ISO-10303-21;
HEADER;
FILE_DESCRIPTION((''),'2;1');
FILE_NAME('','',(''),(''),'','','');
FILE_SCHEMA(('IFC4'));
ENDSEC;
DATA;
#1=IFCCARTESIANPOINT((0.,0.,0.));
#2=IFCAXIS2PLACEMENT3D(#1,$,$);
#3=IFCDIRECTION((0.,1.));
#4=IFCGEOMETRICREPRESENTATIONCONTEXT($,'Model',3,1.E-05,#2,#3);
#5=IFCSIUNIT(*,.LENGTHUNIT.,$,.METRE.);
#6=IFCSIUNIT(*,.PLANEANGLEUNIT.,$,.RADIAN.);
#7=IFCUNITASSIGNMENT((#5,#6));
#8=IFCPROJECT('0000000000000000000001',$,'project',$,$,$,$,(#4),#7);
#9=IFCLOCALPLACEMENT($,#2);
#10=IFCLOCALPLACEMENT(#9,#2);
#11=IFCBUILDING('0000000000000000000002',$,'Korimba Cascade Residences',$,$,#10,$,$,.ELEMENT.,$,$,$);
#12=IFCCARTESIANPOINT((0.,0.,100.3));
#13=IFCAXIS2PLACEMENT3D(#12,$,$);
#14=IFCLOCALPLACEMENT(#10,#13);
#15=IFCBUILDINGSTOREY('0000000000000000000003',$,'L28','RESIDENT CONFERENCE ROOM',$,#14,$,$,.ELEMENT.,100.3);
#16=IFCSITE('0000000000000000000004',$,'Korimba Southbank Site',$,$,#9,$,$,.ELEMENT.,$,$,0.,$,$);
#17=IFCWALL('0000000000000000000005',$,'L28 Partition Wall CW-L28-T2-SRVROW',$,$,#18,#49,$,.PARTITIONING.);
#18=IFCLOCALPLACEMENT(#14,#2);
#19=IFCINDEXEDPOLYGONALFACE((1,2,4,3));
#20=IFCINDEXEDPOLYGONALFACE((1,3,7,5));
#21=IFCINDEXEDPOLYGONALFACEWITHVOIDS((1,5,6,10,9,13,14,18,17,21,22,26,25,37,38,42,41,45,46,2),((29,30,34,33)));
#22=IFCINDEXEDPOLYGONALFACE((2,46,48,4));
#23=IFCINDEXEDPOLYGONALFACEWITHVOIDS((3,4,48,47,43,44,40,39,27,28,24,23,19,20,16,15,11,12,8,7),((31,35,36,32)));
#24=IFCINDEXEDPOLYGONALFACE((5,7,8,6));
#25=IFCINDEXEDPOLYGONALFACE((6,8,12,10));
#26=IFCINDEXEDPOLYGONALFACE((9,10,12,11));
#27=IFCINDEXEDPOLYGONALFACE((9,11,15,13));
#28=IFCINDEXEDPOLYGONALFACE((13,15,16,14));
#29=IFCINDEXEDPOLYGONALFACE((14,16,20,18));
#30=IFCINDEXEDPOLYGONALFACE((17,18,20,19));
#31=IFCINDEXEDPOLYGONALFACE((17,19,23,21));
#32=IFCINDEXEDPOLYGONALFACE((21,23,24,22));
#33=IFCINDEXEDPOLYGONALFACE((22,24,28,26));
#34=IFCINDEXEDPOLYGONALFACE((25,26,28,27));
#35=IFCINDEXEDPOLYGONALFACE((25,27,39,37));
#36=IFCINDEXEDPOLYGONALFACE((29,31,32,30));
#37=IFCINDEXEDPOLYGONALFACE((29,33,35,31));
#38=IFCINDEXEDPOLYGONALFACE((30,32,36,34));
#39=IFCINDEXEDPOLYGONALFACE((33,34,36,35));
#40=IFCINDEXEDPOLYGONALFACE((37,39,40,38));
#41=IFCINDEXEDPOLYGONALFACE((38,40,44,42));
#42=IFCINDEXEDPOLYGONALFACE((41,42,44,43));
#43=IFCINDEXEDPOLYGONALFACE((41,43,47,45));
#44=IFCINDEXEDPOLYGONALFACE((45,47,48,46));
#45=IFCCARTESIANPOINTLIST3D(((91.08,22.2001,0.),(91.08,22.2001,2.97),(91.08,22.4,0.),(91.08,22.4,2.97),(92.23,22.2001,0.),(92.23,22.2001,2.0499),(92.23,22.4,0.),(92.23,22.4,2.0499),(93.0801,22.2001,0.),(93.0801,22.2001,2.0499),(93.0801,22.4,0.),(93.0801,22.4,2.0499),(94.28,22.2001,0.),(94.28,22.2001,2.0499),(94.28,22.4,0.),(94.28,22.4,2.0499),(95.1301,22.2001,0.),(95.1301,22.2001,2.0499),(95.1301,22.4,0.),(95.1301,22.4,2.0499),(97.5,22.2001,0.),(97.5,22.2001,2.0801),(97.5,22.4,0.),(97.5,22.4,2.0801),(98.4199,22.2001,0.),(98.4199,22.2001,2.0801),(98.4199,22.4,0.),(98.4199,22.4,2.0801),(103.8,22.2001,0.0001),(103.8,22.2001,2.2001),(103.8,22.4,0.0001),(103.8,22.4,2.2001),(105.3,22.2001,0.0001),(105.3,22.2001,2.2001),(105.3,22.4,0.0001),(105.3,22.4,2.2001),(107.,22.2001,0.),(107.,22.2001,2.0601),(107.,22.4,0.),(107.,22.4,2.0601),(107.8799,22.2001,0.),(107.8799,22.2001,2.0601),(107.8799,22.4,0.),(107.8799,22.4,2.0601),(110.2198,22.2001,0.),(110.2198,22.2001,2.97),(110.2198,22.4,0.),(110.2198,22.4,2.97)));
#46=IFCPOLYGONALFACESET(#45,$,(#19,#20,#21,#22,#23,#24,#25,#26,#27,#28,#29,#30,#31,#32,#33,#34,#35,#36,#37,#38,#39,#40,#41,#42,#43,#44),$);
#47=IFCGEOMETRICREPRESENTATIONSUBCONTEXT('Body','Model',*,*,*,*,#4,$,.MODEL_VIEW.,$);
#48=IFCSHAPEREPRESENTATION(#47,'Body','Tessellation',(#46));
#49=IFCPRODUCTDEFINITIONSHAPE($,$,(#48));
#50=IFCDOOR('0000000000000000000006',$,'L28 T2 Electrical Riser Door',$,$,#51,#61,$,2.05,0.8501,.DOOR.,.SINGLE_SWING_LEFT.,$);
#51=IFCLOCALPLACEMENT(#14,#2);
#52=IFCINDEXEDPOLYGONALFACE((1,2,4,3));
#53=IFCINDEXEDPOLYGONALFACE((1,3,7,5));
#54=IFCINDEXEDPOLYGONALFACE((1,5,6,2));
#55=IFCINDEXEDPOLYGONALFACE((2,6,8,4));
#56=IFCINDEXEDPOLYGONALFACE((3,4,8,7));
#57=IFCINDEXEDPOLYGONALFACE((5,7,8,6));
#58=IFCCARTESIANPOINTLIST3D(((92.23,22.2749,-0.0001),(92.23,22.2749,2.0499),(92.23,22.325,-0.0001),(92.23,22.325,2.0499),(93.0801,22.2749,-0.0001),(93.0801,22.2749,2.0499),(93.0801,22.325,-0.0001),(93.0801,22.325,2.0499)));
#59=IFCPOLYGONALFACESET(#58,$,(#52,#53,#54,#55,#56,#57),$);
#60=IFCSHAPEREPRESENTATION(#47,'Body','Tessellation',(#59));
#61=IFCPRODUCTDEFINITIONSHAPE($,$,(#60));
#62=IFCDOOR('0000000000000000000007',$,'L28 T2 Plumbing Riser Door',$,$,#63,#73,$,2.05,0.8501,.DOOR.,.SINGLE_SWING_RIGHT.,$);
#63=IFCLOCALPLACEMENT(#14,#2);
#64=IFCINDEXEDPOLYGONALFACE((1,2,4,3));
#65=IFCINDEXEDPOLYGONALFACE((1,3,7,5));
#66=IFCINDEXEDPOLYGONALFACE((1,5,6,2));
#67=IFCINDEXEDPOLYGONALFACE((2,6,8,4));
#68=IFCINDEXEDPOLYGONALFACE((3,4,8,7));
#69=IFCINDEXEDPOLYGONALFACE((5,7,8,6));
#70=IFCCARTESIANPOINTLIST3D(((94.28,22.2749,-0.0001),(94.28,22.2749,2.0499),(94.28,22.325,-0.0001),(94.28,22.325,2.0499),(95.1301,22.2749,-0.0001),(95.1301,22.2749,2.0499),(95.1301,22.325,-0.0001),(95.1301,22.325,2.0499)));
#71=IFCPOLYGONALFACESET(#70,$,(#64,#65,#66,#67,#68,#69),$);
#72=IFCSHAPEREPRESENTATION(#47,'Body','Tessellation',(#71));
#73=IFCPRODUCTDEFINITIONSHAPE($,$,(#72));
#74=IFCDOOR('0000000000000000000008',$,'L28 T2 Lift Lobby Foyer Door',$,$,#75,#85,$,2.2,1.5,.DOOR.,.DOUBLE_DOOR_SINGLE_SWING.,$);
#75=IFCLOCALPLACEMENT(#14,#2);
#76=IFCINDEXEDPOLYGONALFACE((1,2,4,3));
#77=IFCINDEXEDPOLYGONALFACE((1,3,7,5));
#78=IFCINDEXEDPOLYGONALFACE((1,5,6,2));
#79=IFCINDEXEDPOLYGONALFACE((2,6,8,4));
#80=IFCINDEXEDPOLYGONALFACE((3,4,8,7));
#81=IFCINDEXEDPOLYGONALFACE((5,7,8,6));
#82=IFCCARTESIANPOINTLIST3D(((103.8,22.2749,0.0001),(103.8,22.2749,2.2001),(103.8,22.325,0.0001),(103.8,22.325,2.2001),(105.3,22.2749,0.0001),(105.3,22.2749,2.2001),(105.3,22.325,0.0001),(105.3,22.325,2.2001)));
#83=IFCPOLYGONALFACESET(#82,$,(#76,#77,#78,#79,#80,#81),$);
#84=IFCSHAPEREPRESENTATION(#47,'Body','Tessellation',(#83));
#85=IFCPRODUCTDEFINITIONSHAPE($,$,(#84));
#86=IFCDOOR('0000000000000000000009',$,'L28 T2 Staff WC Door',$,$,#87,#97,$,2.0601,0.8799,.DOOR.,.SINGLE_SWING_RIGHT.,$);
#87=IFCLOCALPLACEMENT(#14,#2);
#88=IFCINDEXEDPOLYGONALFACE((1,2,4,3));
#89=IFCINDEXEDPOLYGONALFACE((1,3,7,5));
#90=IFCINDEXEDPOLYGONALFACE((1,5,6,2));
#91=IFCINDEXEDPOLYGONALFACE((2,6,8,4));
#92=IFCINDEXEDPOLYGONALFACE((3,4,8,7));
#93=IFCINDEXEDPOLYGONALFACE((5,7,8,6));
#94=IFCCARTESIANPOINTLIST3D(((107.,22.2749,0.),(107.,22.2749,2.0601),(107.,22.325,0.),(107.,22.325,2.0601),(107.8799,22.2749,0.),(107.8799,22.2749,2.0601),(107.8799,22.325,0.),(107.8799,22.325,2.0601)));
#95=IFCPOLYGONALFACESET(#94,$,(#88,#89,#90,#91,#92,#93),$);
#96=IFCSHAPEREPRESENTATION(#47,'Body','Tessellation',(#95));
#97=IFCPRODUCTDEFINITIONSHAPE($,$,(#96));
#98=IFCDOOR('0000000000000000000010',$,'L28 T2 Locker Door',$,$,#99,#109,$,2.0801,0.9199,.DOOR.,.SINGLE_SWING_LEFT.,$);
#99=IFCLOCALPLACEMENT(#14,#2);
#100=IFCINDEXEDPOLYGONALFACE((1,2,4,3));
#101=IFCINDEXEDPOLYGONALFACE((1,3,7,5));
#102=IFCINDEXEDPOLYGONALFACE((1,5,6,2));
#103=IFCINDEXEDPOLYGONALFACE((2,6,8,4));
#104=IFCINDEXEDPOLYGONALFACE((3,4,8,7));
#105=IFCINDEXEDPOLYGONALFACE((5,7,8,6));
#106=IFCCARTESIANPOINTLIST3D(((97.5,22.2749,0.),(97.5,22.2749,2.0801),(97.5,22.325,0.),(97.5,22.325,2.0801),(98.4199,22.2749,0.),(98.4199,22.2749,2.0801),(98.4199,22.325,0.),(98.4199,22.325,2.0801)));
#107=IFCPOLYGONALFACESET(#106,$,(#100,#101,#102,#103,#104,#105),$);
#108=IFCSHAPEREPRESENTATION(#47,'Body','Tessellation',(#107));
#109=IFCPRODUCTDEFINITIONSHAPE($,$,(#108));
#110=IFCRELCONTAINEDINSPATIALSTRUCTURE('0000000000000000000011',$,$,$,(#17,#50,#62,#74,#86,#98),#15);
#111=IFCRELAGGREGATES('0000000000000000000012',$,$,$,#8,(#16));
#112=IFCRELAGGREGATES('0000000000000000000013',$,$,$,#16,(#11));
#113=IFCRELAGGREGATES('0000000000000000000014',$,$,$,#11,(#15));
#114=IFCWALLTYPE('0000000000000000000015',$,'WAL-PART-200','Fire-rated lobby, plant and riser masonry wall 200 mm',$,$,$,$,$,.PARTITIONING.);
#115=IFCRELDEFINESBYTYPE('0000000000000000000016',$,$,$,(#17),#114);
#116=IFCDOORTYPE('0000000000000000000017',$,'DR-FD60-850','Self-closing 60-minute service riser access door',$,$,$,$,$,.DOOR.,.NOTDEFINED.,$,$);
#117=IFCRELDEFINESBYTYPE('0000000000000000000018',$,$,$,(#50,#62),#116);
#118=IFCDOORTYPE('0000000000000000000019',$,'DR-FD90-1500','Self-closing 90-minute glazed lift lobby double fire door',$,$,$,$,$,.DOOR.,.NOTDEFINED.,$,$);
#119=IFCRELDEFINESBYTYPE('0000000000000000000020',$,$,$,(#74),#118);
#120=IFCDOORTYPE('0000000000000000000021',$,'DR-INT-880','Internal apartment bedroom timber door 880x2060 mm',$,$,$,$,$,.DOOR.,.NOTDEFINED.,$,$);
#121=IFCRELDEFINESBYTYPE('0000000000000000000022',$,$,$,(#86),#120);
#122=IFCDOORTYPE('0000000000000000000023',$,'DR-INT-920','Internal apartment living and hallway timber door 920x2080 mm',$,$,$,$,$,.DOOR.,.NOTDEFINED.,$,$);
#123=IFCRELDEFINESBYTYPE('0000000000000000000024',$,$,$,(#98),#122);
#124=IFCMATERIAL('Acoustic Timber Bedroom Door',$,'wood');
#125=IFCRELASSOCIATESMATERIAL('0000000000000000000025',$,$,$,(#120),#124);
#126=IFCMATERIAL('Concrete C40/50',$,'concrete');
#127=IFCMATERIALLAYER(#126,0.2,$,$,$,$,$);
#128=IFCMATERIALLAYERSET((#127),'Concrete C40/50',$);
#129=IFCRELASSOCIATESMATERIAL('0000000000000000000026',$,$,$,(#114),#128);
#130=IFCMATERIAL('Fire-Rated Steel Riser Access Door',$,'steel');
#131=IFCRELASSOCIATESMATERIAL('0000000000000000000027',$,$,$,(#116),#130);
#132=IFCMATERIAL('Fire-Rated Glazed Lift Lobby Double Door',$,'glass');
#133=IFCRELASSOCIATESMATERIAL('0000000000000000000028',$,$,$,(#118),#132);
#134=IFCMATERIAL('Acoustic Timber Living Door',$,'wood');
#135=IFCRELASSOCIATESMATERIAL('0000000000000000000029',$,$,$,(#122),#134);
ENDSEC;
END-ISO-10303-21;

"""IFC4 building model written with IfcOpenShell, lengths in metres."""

from ifc_helpers import new_model, si_unit, direction, frame, frame_2d, origin, place, context, subcontext, project, spatial, rectangle, extrude, material, layer, layer_set, type_object, element, fill, save


model = new_model("IFC4")

# Units and contexts
model_context = context("Model", 3, precision=1e-05, world=origin(), true_north=direction((0.0, 1.0)))
body_context = subcontext(model_context, "Body", "Model", "MODEL_VIEW")
ifc_project = project(units=[si_unit("LENGTHUNIT", "METRE"), si_unit("PLANEANGLEUNIT", "RADIAN")], contexts=[model_context])

# Site, building, storey
site_placement = place(None, origin())
site = spatial("IfcSite", under=ifc_project, at=site_placement, Name="Korimba Southbank Site", CompositionType="ELEMENT", RefElevation=0.0)
building_placement = place(site_placement, origin())
building = spatial("IfcBuilding", under=site, at=building_placement, Name="Korimba Cascade Residences", CompositionType="ELEMENT")
storey_placement = place(building_placement, frame((0.0, 0.0, 100.3)))
storey = spatial("IfcBuildingStorey", under=building, at=storey_placement, Name="L28", Description="RESIDENT CONFERENCE ROOM", CompositionType="ELEMENT", Elevation=100.3)

# Shared definitions
ifc_material_1 = material(Name="Acoustic Timber Bedroom Door", Category="wood")
door_type_1 = type_object("IfcDoorType", Name="DR-INT-880", Description="Internal apartment bedroom timber door 880x2060 mm", OperationType="NOTDEFINED", PredefinedType="DOOR", material=ifc_material_1)

# Shared definitions
ifc_material_2 = material(Name="Concrete C40/50", Category="concrete")
ifc_layer_1 = layer(ifc_material_2, 0.2)
ifc_layer_set_1 = layer_set([ifc_layer_1], Name="Concrete C40/50")
wall_type_1 = type_object("IfcWallType", Name="WAL-PART-200", Description="Fire-rated lobby, plant and riser masonry wall 200 mm", PredefinedType="PARTITIONING", material=ifc_layer_set_1)

# Wall, openings, doors
wall_1_placement = place(storey_placement, frame((91.0801, 22.3, 0.0), z_axis=(0.0, 0.0, 1.0), x_axis=(1.0, 0.0, 0.0)))
wall_1 = element("IfcWall", 1, at=wall_1_placement, inside=storey, type_object=wall_type_1, Name="L28 Partition Wall CW-L28-T2-SRVROW", PredefinedType="PARTITIONING", context=body_context, shape_type="SweptSolid", body=[
    extrude(rectangle(XDim=19.1399, YDim=0.2, at=frame_2d((9.5698, 0.0))), origin(), (0.0, 0.0, 1.0), 2.97),
])
opening_1_placement = place(wall_1_placement, frame((1.1499, 0.0, 0.0)))
opening_1 = element("IfcOpeningElement", 2, at=opening_1_placement, cuts=wall_1, PredefinedType="OPENING", context=body_context, shape_type="SweptSolid", body=[
    extrude(rectangle(XDim=0.8501, YDim=2.05, at=frame_2d((0.425, 1.0249))), frame((0.0, 0.1099, 0.0), z_axis=(0.0, -1.0, 0.0), x_axis=(1.0, 0.0, 0.0)), (0.0, 0.0, 1.0), 0.22),
])
opening_2_placement = place(wall_1_placement, frame((3.2, 0.0, 0.0)))
opening_2 = element("IfcOpeningElement", 3, at=opening_2_placement, cuts=wall_1, PredefinedType="OPENING", context=body_context, shape_type="SweptSolid", body=[
    extrude(rectangle(XDim=0.8501, YDim=2.05, at=frame_2d((0.425, 1.0249))), frame((0.0, 0.1099, 0.0), z_axis=(0.0, -1.0, 0.0), x_axis=(1.0, 0.0, 0.0)), (0.0, 0.0, 1.0), 0.22),
])
opening_3_placement = place(wall_1_placement, frame((12.72, 0.0, 0.0)))
opening_3 = element("IfcOpeningElement", 4, at=opening_3_placement, cuts=wall_1, PredefinedType="OPENING", context=body_context, shape_type="SweptSolid", body=[
    extrude(rectangle(XDim=1.5, YDim=2.2, at=frame_2d((0.75, 1.1001))), frame((0.0, 0.1099, 0.0), z_axis=(0.0, -1.0, 0.0), x_axis=(1.0, 0.0, 0.0)), (0.0, 0.0, 1.0), 0.22),
])
opening_4_placement = place(wall_1_placement, frame((6.4199, 0.0, 0.0)))
opening_4 = element("IfcOpeningElement", 5, at=opening_4_placement, cuts=wall_1, PredefinedType="OPENING", context=body_context, shape_type="SweptSolid", body=[
    extrude(rectangle(XDim=0.9199, YDim=2.0801, at=frame_2d((0.46, 1.04))), frame((0.0, 0.1099, 0.0), z_axis=(0.0, -1.0, 0.0), x_axis=(1.0, 0.0, 0.0)), (0.0, 0.0, 1.0), 0.22),
])
opening_5_placement = place(wall_1_placement, frame((15.9199, 0.0, 0.0)))
opening_5 = element("IfcOpeningElement", 6, at=opening_5_placement, cuts=wall_1, PredefinedType="OPENING", context=body_context, shape_type="SweptSolid", body=[
    extrude(rectangle(XDim=0.8799, YDim=2.0601, at=frame_2d((0.4399, 1.03))), frame((0.0, 0.1099, 0.0), z_axis=(0.0, -1.0, 0.0), x_axis=(1.0, 0.0, 0.0)), (0.0, 0.0, 1.0), 0.22),
])
ifc_material_3 = material(Name="Fire-Rated Steel Riser Access Door", Category="steel")
door_type_2 = type_object("IfcDoorType", Name="DR-FD60-850", Description="Self-closing 60-minute service riser access door", OperationType="NOTDEFINED", PredefinedType="DOOR", material=ifc_material_3)
door_1_placement = place(opening_1_placement, origin())
door_1 = element("IfcDoor", 7, at=door_1_placement, inside=storey, type_object=door_type_2, Name="L28 T2 Electrical Riser Door", OperationType="SINGLE_SWING_LEFT", OverallHeight=2.05, OverallWidth=0.8501, PredefinedType="DOOR", context=body_context, shape_type="SweptSolid", body=[
    extrude(rectangle(XDim=0.8501, YDim=2.05, at=frame_2d((0.425, 1.0249))), frame((0.0, 0.0249, 0.0), z_axis=(0.0, -1.0, 0.0), x_axis=(1.0, 0.0, 0.0)), (0.0, 0.0, 1.0), 0.05),
])
fill(opening_1, door_1)
door_2_placement = place(opening_2_placement, origin())
door_2 = element("IfcDoor", 8, at=door_2_placement, inside=storey, type_object=door_type_2, Name="L28 T2 Plumbing Riser Door", OperationType="SINGLE_SWING_RIGHT", OverallHeight=2.05, OverallWidth=0.8501, PredefinedType="DOOR", context=body_context, shape_type="SweptSolid", body=[
    extrude(rectangle(XDim=0.8501, YDim=2.05, at=frame_2d((0.425, 1.0249))), frame((0.0, 0.0249, 0.0), z_axis=(0.0, -1.0, 0.0), x_axis=(1.0, 0.0, 0.0)), (0.0, 0.0, 1.0), 0.05),
])
fill(opening_2, door_2)
ifc_material_4 = material(Name="Fire-Rated Glazed Lift Lobby Double Door", Category="glass")
door_type_3 = type_object("IfcDoorType", Name="DR-FD90-1500", Description="Self-closing 90-minute glazed lift lobby double fire door", OperationType="NOTDEFINED", PredefinedType="DOOR", material=ifc_material_4)
door_3_placement = place(opening_3_placement, origin())
door_3 = element("IfcDoor", 9, at=door_3_placement, inside=storey, type_object=door_type_3, Name="L28 T2 Lift Lobby Foyer Door", OperationType="DOUBLE_DOOR_SINGLE_SWING", OverallHeight=2.2, OverallWidth=1.5, PredefinedType="DOOR", context=body_context, shape_type="SweptSolid", body=[
    extrude(rectangle(XDim=1.5, YDim=2.2, at=frame_2d((0.75, 1.1001))), frame((0.0, 0.0249, 0.0), z_axis=(0.0, -1.0, 0.0), x_axis=(1.0, 0.0, 0.0)), (0.0, 0.0, 1.0), 0.05),
])
fill(opening_3, door_3)
door_4_placement = place(opening_5_placement, origin())
door_4 = element("IfcDoor", 10, at=door_4_placement, inside=storey, type_object=door_type_1, Name="L28 T2 Staff WC Door", OperationType="SINGLE_SWING_RIGHT", OverallHeight=2.0601, OverallWidth=0.8799, PredefinedType="DOOR", context=body_context, shape_type="SweptSolid", body=[
    extrude(rectangle(XDim=0.8799, YDim=2.0601, at=frame_2d((0.4399, 1.03))), frame((0.0, 0.0249, 0.0), z_axis=(0.0, -1.0, 0.0), x_axis=(1.0, 0.0, 0.0)), (0.0, 0.0, 1.0), 0.05),
])
fill(opening_5, door_4)
ifc_material_5 = material(Name="Acoustic Timber Living Door", Category="wood")
door_type_4 = type_object("IfcDoorType", Name="DR-INT-920", Description="Internal apartment living and hallway timber door 920x2080 mm", OperationType="NOTDEFINED", PredefinedType="DOOR", material=ifc_material_5)
door_5_placement = place(opening_4_placement, origin())
door_5 = element("IfcDoor", 11, at=door_5_placement, inside=storey, type_object=door_type_4, Name="L28 T2 Locker Door", OperationType="SINGLE_SWING_LEFT", OverallHeight=2.0801, OverallWidth=0.9199, PredefinedType="DOOR", context=body_context, shape_type="SweptSolid", body=[
    extrude(rectangle(XDim=0.9199, YDim=2.0801, at=frame_2d((0.46, 1.04))), frame((0.0, 0.0249, 0.0), z_axis=(0.0, -1.0, 0.0), x_axis=(1.0, 0.0, 0.0)), (0.0, 0.0, 1.0), 0.05),
])
fill(opening_4, door_5)

save(model, "model.ifc")
